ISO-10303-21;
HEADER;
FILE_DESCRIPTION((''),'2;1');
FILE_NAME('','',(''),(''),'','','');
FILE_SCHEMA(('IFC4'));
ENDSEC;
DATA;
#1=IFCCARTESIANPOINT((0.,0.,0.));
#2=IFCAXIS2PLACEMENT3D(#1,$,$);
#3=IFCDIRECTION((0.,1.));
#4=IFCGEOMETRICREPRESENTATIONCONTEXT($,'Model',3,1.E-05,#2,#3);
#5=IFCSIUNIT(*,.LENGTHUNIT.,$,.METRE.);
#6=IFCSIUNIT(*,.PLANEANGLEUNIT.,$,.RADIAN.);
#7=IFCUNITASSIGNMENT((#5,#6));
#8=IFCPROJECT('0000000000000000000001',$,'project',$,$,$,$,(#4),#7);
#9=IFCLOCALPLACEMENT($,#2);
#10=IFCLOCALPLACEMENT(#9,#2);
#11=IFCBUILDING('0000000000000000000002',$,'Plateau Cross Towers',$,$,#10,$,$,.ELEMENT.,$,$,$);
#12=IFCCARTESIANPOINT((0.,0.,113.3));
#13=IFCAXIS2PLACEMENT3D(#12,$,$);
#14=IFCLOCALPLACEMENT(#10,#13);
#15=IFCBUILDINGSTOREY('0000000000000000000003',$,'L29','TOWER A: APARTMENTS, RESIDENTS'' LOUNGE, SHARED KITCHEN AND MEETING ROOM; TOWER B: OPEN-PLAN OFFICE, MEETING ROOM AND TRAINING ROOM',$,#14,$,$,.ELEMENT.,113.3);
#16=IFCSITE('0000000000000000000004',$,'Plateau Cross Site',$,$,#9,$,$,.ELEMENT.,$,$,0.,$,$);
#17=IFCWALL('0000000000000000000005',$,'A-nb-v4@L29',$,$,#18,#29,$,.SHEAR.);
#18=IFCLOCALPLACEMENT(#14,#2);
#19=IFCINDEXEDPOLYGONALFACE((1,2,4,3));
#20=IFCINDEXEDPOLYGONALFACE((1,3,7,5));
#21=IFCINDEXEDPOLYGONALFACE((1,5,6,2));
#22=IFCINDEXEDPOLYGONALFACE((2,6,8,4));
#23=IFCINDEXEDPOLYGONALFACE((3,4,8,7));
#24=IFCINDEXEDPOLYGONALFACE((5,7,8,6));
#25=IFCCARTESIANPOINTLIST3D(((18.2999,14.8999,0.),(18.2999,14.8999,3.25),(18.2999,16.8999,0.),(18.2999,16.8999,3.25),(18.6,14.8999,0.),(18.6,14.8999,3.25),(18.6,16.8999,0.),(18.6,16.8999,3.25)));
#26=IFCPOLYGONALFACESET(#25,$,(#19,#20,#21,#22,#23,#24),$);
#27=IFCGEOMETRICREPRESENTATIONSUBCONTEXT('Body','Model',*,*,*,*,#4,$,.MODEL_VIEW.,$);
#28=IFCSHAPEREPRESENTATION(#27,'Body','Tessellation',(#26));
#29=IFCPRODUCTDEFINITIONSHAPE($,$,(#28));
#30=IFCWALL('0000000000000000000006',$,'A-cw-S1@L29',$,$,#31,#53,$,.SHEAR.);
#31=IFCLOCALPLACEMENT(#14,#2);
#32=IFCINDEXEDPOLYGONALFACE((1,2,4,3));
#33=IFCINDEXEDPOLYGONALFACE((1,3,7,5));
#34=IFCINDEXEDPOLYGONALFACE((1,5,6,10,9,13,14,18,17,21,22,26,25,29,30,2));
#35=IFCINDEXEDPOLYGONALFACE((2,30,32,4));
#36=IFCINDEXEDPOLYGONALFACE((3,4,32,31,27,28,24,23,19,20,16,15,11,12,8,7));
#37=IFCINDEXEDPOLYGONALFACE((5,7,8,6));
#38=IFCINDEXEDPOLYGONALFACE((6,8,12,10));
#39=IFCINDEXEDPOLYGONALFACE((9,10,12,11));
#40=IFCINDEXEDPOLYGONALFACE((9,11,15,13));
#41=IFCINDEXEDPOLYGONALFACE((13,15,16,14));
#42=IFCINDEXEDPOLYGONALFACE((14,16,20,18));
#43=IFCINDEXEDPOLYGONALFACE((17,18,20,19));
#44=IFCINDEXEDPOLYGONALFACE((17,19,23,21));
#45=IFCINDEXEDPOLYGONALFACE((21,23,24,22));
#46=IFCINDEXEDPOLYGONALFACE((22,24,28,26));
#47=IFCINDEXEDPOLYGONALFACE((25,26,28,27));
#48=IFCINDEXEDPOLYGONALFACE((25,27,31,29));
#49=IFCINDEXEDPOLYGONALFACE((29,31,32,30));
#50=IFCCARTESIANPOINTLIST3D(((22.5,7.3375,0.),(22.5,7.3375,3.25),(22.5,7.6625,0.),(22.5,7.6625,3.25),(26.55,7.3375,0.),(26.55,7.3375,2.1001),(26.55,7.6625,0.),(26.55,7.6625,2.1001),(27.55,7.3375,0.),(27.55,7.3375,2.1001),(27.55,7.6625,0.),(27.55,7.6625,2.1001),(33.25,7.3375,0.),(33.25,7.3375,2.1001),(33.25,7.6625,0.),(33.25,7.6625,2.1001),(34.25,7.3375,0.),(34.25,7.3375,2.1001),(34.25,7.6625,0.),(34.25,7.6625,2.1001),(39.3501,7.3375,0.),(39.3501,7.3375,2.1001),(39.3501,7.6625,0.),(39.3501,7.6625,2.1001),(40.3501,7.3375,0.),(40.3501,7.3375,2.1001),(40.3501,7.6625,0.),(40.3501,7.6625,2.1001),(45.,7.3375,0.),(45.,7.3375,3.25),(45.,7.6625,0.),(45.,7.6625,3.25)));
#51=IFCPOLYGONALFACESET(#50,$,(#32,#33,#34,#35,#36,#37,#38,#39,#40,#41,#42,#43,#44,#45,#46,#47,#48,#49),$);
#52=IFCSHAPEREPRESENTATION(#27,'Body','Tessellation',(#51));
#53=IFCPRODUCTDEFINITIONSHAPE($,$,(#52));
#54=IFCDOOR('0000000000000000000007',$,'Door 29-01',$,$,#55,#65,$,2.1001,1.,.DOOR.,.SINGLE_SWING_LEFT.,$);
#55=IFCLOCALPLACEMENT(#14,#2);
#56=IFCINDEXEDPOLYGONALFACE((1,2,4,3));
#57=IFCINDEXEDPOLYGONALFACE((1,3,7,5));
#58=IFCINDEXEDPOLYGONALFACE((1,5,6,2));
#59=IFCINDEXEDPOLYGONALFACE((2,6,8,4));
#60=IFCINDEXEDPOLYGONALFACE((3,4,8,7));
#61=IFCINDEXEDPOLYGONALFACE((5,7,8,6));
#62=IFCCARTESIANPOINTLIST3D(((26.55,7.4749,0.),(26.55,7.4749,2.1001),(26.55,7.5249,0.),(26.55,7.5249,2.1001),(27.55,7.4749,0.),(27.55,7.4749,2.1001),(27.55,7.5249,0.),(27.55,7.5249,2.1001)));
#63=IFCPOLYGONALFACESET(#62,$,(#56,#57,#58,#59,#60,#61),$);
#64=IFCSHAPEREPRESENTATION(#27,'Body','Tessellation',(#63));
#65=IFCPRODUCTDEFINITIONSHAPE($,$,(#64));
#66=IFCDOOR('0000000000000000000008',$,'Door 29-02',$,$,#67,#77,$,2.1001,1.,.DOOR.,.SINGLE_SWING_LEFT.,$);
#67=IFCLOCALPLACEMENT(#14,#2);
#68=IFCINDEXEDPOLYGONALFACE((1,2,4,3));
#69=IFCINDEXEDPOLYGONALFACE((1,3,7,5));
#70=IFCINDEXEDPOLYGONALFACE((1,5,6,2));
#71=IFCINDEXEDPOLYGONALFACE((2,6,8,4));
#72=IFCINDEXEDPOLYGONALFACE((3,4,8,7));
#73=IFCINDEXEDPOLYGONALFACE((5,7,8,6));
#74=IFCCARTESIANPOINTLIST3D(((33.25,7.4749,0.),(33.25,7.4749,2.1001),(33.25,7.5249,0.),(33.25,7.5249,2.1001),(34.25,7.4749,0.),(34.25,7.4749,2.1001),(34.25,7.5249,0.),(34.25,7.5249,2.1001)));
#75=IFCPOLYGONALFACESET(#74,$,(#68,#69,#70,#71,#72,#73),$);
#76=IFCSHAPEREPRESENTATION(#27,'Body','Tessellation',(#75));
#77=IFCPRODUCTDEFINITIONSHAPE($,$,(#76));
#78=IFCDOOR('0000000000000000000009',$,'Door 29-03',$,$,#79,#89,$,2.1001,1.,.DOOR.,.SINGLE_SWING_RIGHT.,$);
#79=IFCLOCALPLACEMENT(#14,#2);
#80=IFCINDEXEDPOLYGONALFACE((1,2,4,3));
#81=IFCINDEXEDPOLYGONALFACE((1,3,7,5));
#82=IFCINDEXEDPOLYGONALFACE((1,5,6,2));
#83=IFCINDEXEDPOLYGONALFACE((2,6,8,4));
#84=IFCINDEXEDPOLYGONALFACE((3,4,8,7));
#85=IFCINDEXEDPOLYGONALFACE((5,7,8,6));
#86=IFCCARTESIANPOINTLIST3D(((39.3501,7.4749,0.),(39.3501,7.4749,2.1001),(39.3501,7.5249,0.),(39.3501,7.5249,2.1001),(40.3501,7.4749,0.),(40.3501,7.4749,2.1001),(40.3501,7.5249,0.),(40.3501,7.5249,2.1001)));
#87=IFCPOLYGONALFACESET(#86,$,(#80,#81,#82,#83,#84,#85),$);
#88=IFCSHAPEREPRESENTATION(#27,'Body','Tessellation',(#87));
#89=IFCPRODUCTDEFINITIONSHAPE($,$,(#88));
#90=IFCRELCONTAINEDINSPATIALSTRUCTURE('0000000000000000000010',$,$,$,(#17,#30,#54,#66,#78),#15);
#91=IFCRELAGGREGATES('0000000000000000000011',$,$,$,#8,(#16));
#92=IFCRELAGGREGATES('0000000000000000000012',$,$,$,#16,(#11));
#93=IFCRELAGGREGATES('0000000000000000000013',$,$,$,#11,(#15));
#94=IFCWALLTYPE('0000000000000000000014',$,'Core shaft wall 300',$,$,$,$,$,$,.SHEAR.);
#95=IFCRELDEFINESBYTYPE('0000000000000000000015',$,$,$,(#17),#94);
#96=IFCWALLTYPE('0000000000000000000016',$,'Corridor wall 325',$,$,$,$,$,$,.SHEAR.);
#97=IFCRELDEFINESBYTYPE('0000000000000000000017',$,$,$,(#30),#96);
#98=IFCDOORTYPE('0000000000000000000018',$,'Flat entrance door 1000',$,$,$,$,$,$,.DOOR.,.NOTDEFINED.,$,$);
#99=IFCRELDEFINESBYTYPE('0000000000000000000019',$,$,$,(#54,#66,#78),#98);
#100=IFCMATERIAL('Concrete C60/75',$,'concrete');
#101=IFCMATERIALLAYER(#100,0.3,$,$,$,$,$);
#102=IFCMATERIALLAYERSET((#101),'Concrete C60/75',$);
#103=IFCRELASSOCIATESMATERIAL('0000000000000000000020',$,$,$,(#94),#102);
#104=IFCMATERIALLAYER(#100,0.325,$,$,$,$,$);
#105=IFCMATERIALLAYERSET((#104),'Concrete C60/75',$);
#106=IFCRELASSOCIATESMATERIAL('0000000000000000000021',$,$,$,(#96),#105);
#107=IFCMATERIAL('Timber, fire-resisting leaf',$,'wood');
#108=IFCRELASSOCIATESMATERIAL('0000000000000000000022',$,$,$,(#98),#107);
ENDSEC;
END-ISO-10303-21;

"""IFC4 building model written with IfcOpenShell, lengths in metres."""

from ifc_helpers import new_model, si_unit, direction, frame, frame_2d, origin, place, context, subcontext, project, spatial, rectangle, extrude, material, layer, layer_set, type_object, element, fill, save


model = new_model("IFC4")

# Units and contexts
model_context = context("Model", 3, precision=1e-05, world=origin(), true_north=direction((0.0, 1.0)))
body_context = subcontext(model_context, "Body", "Model", "MODEL_VIEW")
ifc_project = project(units=[si_unit("LENGTHUNIT", "METRE"), si_unit("PLANEANGLEUNIT", "RADIAN")], contexts=[model_context])

# Site, building, storey
site_placement = place(None, origin())
site = spatial("IfcSite", under=ifc_project, at=site_placement, Name="Plateau Cross Site", CompositionType="ELEMENT", RefElevation=0.0)
building_placement = place(site_placement, origin())
building = spatial("IfcBuilding", under=site, at=building_placement, Name="Plateau Cross Towers", CompositionType="ELEMENT")
storey_placement = place(building_placement, frame((0.0, 0.0, 113.3)))
storey = spatial("IfcBuildingStorey", under=building, at=storey_placement, Name="L29", Description="TOWER A: APARTMENTS, RESIDENTS' LOUNGE, SHARED KITCHEN AND MEETING ROOM; TOWER B: OPEN-PLAN OFFICE, MEETING ROOM AND TRAINING ROOM", CompositionType="ELEMENT", Elevation=113.3)

# Wall
ifc_material_1 = material(Name="Concrete C60/75", Category="concrete")
ifc_layer_1 = layer(ifc_material_1, 0.3)
ifc_layer_set_1 = layer_set([ifc_layer_1], Name="Concrete C60/75")
wall_type_1 = type_object("IfcWallType", Name="Core shaft wall 300", PredefinedType="SHEAR", material=ifc_layer_set_1)
wall_1_placement = place(storey_placement, frame((18.45, 14.8999, 0.0), z_axis=(0.0, 0.0, 1.0), x_axis=(0.0, 1.0, 0.0)))
element("IfcWall", 1, at=wall_1_placement, inside=storey, type_object=wall_type_1, Name="A-nb-v4@L29", PredefinedType="SHEAR", context=body_context, shape_type="SweptSolid", body=[
    extrude(rectangle(XDim=2.0, YDim=0.3, at=frame_2d((1.0, 0.0))), origin(), (0.0, 0.0, 1.0), 3.25),
])

# Wall, openings, doors
ifc_layer_2 = layer(ifc_material_1, 0.325)
ifc_layer_set_2 = layer_set([ifc_layer_2], Name="Concrete C60/75")
wall_type_2 = type_object("IfcWallType", Name="Corridor wall 325", PredefinedType="SHEAR", material=ifc_layer_set_2)
wall_2_placement = place(storey_placement, frame((22.5, 7.5, 0.0), z_axis=(0.0, 0.0, 1.0), x_axis=(1.0, 0.0, 0.0)))
wall_2 = element("IfcWall", 2, at=wall_2_placement, inside=storey, type_object=wall_type_2, Name="A-cw-S1@L29", PredefinedType="SHEAR", context=body_context, shape_type="SweptSolid", body=[
    extrude(rectangle(XDim=22.5, YDim=0.325, at=frame_2d((11.25, 0.0))), origin(), (0.0, 0.0, 1.0), 3.25),
])
opening_1_placement = place(wall_2_placement, frame((4.05, 0.0, 0.0)))
opening_1 = element("IfcOpeningElement", 3, at=opening_1_placement, cuts=wall_2, PredefinedType="OPENING", context=body_context, shape_type="SweptSolid", body=[
    extrude(rectangle(XDim=1.0, YDim=2.1001, at=frame_2d((0.5, 1.05))), frame((0.0, 0.1724, 0.0), z_axis=(0.0, -1.0, 0.0), x_axis=(1.0, 0.0, 0.0)), (0.0, 0.0, 1.0), 0.345),
])
opening_2_placement = place(wall_2_placement, frame((10.75, 0.0, 0.0)))
opening_2 = element("IfcOpeningElement", 4, at=opening_2_placement, cuts=wall_2, PredefinedType="OPENING", context=body_context, shape_type="SweptSolid", body=[
    extrude(rectangle(XDim=1.0, YDim=2.1001, at=frame_2d((0.5, 1.05))), frame((0.0, 0.1724, 0.0), z_axis=(0.0, -1.0, 0.0), x_axis=(1.0, 0.0, 0.0)), (0.0, 0.0, 1.0), 0.345),
])
opening_3_placement = place(wall_2_placement, frame((16.8501, 0.0, 0.0)))
opening_3 = element("IfcOpeningElement", 5, at=opening_3_placement, cuts=wall_2, PredefinedType="OPENING", context=body_context, shape_type="SweptSolid", body=[
    extrude(rectangle(XDim=1.0, YDim=2.1001, at=frame_2d((0.5, 1.05))), frame((0.0, 0.1724, 0.0), z_axis=(0.0, -1.0, 0.0), x_axis=(1.0, 0.0, 0.0)), (0.0, 0.0, 1.0), 0.345),
])
ifc_material_2 = material(Name="Timber, fire-resisting leaf", Category="wood")
door_type_1 = type_object("IfcDoorType", Name="Flat entrance door 1000", OperationType="NOTDEFINED", PredefinedType="DOOR", material=ifc_material_2)
door_1_placement = place(opening_1_placement, origin())
door_1 = element("IfcDoor", 6, at=door_1_placement, inside=storey, type_object=door_type_1, Name="Door 29-01", OperationType="SINGLE_SWING_LEFT", OverallHeight=2.1001, OverallWidth=1.0, PredefinedType="DOOR", context=body_context, shape_type="SweptSolid", body=[
    extrude(rectangle(XDim=1.0, YDim=2.1001, at=frame_2d((0.5, 1.05))), frame((0.0, 0.0249, 0.0), z_axis=(0.0, -1.0, 0.0), x_axis=(1.0, 0.0, 0.0)), (0.0, 0.0, 1.0), 0.05),
])
fill(opening_1, door_1)
door_2_placement = place(opening_2_placement, origin())
door_2 = element("IfcDoor", 7, at=door_2_placement, inside=storey, type_object=door_type_1, Name="Door 29-02", OperationType="SINGLE_SWING_LEFT", OverallHeight=2.1001, OverallWidth=1.0, PredefinedType="DOOR", context=body_context, shape_type="SweptSolid", body=[
    extrude(rectangle(XDim=1.0, YDim=2.1001, at=frame_2d((0.5, 1.05))), frame((0.0, 0.0249, 0.0), z_axis=(0.0, -1.0, 0.0), x_axis=(1.0, 0.0, 0.0)), (0.0, 0.0, 1.0), 0.05),
])
fill(opening_2, door_2)
door_3_placement = place(opening_3_placement, origin())
door_3 = element("IfcDoor", 8, at=door_3_placement, inside=storey, type_object=door_type_1, Name="Door 29-03", OperationType="SINGLE_SWING_RIGHT", OverallHeight=2.1001, OverallWidth=1.0, PredefinedType="DOOR", context=body_context, shape_type="SweptSolid", body=[
    extrude(rectangle(XDim=1.0, YDim=2.1001, at=frame_2d((0.5, 1.05))), frame((0.0, 0.0249, 0.0), z_axis=(0.0, -1.0, 0.0), x_axis=(1.0, 0.0, 0.0)), (0.0, 0.0, 1.0), 0.05),
])
fill(opening_3, door_3)

save(model, "model.ifc")
